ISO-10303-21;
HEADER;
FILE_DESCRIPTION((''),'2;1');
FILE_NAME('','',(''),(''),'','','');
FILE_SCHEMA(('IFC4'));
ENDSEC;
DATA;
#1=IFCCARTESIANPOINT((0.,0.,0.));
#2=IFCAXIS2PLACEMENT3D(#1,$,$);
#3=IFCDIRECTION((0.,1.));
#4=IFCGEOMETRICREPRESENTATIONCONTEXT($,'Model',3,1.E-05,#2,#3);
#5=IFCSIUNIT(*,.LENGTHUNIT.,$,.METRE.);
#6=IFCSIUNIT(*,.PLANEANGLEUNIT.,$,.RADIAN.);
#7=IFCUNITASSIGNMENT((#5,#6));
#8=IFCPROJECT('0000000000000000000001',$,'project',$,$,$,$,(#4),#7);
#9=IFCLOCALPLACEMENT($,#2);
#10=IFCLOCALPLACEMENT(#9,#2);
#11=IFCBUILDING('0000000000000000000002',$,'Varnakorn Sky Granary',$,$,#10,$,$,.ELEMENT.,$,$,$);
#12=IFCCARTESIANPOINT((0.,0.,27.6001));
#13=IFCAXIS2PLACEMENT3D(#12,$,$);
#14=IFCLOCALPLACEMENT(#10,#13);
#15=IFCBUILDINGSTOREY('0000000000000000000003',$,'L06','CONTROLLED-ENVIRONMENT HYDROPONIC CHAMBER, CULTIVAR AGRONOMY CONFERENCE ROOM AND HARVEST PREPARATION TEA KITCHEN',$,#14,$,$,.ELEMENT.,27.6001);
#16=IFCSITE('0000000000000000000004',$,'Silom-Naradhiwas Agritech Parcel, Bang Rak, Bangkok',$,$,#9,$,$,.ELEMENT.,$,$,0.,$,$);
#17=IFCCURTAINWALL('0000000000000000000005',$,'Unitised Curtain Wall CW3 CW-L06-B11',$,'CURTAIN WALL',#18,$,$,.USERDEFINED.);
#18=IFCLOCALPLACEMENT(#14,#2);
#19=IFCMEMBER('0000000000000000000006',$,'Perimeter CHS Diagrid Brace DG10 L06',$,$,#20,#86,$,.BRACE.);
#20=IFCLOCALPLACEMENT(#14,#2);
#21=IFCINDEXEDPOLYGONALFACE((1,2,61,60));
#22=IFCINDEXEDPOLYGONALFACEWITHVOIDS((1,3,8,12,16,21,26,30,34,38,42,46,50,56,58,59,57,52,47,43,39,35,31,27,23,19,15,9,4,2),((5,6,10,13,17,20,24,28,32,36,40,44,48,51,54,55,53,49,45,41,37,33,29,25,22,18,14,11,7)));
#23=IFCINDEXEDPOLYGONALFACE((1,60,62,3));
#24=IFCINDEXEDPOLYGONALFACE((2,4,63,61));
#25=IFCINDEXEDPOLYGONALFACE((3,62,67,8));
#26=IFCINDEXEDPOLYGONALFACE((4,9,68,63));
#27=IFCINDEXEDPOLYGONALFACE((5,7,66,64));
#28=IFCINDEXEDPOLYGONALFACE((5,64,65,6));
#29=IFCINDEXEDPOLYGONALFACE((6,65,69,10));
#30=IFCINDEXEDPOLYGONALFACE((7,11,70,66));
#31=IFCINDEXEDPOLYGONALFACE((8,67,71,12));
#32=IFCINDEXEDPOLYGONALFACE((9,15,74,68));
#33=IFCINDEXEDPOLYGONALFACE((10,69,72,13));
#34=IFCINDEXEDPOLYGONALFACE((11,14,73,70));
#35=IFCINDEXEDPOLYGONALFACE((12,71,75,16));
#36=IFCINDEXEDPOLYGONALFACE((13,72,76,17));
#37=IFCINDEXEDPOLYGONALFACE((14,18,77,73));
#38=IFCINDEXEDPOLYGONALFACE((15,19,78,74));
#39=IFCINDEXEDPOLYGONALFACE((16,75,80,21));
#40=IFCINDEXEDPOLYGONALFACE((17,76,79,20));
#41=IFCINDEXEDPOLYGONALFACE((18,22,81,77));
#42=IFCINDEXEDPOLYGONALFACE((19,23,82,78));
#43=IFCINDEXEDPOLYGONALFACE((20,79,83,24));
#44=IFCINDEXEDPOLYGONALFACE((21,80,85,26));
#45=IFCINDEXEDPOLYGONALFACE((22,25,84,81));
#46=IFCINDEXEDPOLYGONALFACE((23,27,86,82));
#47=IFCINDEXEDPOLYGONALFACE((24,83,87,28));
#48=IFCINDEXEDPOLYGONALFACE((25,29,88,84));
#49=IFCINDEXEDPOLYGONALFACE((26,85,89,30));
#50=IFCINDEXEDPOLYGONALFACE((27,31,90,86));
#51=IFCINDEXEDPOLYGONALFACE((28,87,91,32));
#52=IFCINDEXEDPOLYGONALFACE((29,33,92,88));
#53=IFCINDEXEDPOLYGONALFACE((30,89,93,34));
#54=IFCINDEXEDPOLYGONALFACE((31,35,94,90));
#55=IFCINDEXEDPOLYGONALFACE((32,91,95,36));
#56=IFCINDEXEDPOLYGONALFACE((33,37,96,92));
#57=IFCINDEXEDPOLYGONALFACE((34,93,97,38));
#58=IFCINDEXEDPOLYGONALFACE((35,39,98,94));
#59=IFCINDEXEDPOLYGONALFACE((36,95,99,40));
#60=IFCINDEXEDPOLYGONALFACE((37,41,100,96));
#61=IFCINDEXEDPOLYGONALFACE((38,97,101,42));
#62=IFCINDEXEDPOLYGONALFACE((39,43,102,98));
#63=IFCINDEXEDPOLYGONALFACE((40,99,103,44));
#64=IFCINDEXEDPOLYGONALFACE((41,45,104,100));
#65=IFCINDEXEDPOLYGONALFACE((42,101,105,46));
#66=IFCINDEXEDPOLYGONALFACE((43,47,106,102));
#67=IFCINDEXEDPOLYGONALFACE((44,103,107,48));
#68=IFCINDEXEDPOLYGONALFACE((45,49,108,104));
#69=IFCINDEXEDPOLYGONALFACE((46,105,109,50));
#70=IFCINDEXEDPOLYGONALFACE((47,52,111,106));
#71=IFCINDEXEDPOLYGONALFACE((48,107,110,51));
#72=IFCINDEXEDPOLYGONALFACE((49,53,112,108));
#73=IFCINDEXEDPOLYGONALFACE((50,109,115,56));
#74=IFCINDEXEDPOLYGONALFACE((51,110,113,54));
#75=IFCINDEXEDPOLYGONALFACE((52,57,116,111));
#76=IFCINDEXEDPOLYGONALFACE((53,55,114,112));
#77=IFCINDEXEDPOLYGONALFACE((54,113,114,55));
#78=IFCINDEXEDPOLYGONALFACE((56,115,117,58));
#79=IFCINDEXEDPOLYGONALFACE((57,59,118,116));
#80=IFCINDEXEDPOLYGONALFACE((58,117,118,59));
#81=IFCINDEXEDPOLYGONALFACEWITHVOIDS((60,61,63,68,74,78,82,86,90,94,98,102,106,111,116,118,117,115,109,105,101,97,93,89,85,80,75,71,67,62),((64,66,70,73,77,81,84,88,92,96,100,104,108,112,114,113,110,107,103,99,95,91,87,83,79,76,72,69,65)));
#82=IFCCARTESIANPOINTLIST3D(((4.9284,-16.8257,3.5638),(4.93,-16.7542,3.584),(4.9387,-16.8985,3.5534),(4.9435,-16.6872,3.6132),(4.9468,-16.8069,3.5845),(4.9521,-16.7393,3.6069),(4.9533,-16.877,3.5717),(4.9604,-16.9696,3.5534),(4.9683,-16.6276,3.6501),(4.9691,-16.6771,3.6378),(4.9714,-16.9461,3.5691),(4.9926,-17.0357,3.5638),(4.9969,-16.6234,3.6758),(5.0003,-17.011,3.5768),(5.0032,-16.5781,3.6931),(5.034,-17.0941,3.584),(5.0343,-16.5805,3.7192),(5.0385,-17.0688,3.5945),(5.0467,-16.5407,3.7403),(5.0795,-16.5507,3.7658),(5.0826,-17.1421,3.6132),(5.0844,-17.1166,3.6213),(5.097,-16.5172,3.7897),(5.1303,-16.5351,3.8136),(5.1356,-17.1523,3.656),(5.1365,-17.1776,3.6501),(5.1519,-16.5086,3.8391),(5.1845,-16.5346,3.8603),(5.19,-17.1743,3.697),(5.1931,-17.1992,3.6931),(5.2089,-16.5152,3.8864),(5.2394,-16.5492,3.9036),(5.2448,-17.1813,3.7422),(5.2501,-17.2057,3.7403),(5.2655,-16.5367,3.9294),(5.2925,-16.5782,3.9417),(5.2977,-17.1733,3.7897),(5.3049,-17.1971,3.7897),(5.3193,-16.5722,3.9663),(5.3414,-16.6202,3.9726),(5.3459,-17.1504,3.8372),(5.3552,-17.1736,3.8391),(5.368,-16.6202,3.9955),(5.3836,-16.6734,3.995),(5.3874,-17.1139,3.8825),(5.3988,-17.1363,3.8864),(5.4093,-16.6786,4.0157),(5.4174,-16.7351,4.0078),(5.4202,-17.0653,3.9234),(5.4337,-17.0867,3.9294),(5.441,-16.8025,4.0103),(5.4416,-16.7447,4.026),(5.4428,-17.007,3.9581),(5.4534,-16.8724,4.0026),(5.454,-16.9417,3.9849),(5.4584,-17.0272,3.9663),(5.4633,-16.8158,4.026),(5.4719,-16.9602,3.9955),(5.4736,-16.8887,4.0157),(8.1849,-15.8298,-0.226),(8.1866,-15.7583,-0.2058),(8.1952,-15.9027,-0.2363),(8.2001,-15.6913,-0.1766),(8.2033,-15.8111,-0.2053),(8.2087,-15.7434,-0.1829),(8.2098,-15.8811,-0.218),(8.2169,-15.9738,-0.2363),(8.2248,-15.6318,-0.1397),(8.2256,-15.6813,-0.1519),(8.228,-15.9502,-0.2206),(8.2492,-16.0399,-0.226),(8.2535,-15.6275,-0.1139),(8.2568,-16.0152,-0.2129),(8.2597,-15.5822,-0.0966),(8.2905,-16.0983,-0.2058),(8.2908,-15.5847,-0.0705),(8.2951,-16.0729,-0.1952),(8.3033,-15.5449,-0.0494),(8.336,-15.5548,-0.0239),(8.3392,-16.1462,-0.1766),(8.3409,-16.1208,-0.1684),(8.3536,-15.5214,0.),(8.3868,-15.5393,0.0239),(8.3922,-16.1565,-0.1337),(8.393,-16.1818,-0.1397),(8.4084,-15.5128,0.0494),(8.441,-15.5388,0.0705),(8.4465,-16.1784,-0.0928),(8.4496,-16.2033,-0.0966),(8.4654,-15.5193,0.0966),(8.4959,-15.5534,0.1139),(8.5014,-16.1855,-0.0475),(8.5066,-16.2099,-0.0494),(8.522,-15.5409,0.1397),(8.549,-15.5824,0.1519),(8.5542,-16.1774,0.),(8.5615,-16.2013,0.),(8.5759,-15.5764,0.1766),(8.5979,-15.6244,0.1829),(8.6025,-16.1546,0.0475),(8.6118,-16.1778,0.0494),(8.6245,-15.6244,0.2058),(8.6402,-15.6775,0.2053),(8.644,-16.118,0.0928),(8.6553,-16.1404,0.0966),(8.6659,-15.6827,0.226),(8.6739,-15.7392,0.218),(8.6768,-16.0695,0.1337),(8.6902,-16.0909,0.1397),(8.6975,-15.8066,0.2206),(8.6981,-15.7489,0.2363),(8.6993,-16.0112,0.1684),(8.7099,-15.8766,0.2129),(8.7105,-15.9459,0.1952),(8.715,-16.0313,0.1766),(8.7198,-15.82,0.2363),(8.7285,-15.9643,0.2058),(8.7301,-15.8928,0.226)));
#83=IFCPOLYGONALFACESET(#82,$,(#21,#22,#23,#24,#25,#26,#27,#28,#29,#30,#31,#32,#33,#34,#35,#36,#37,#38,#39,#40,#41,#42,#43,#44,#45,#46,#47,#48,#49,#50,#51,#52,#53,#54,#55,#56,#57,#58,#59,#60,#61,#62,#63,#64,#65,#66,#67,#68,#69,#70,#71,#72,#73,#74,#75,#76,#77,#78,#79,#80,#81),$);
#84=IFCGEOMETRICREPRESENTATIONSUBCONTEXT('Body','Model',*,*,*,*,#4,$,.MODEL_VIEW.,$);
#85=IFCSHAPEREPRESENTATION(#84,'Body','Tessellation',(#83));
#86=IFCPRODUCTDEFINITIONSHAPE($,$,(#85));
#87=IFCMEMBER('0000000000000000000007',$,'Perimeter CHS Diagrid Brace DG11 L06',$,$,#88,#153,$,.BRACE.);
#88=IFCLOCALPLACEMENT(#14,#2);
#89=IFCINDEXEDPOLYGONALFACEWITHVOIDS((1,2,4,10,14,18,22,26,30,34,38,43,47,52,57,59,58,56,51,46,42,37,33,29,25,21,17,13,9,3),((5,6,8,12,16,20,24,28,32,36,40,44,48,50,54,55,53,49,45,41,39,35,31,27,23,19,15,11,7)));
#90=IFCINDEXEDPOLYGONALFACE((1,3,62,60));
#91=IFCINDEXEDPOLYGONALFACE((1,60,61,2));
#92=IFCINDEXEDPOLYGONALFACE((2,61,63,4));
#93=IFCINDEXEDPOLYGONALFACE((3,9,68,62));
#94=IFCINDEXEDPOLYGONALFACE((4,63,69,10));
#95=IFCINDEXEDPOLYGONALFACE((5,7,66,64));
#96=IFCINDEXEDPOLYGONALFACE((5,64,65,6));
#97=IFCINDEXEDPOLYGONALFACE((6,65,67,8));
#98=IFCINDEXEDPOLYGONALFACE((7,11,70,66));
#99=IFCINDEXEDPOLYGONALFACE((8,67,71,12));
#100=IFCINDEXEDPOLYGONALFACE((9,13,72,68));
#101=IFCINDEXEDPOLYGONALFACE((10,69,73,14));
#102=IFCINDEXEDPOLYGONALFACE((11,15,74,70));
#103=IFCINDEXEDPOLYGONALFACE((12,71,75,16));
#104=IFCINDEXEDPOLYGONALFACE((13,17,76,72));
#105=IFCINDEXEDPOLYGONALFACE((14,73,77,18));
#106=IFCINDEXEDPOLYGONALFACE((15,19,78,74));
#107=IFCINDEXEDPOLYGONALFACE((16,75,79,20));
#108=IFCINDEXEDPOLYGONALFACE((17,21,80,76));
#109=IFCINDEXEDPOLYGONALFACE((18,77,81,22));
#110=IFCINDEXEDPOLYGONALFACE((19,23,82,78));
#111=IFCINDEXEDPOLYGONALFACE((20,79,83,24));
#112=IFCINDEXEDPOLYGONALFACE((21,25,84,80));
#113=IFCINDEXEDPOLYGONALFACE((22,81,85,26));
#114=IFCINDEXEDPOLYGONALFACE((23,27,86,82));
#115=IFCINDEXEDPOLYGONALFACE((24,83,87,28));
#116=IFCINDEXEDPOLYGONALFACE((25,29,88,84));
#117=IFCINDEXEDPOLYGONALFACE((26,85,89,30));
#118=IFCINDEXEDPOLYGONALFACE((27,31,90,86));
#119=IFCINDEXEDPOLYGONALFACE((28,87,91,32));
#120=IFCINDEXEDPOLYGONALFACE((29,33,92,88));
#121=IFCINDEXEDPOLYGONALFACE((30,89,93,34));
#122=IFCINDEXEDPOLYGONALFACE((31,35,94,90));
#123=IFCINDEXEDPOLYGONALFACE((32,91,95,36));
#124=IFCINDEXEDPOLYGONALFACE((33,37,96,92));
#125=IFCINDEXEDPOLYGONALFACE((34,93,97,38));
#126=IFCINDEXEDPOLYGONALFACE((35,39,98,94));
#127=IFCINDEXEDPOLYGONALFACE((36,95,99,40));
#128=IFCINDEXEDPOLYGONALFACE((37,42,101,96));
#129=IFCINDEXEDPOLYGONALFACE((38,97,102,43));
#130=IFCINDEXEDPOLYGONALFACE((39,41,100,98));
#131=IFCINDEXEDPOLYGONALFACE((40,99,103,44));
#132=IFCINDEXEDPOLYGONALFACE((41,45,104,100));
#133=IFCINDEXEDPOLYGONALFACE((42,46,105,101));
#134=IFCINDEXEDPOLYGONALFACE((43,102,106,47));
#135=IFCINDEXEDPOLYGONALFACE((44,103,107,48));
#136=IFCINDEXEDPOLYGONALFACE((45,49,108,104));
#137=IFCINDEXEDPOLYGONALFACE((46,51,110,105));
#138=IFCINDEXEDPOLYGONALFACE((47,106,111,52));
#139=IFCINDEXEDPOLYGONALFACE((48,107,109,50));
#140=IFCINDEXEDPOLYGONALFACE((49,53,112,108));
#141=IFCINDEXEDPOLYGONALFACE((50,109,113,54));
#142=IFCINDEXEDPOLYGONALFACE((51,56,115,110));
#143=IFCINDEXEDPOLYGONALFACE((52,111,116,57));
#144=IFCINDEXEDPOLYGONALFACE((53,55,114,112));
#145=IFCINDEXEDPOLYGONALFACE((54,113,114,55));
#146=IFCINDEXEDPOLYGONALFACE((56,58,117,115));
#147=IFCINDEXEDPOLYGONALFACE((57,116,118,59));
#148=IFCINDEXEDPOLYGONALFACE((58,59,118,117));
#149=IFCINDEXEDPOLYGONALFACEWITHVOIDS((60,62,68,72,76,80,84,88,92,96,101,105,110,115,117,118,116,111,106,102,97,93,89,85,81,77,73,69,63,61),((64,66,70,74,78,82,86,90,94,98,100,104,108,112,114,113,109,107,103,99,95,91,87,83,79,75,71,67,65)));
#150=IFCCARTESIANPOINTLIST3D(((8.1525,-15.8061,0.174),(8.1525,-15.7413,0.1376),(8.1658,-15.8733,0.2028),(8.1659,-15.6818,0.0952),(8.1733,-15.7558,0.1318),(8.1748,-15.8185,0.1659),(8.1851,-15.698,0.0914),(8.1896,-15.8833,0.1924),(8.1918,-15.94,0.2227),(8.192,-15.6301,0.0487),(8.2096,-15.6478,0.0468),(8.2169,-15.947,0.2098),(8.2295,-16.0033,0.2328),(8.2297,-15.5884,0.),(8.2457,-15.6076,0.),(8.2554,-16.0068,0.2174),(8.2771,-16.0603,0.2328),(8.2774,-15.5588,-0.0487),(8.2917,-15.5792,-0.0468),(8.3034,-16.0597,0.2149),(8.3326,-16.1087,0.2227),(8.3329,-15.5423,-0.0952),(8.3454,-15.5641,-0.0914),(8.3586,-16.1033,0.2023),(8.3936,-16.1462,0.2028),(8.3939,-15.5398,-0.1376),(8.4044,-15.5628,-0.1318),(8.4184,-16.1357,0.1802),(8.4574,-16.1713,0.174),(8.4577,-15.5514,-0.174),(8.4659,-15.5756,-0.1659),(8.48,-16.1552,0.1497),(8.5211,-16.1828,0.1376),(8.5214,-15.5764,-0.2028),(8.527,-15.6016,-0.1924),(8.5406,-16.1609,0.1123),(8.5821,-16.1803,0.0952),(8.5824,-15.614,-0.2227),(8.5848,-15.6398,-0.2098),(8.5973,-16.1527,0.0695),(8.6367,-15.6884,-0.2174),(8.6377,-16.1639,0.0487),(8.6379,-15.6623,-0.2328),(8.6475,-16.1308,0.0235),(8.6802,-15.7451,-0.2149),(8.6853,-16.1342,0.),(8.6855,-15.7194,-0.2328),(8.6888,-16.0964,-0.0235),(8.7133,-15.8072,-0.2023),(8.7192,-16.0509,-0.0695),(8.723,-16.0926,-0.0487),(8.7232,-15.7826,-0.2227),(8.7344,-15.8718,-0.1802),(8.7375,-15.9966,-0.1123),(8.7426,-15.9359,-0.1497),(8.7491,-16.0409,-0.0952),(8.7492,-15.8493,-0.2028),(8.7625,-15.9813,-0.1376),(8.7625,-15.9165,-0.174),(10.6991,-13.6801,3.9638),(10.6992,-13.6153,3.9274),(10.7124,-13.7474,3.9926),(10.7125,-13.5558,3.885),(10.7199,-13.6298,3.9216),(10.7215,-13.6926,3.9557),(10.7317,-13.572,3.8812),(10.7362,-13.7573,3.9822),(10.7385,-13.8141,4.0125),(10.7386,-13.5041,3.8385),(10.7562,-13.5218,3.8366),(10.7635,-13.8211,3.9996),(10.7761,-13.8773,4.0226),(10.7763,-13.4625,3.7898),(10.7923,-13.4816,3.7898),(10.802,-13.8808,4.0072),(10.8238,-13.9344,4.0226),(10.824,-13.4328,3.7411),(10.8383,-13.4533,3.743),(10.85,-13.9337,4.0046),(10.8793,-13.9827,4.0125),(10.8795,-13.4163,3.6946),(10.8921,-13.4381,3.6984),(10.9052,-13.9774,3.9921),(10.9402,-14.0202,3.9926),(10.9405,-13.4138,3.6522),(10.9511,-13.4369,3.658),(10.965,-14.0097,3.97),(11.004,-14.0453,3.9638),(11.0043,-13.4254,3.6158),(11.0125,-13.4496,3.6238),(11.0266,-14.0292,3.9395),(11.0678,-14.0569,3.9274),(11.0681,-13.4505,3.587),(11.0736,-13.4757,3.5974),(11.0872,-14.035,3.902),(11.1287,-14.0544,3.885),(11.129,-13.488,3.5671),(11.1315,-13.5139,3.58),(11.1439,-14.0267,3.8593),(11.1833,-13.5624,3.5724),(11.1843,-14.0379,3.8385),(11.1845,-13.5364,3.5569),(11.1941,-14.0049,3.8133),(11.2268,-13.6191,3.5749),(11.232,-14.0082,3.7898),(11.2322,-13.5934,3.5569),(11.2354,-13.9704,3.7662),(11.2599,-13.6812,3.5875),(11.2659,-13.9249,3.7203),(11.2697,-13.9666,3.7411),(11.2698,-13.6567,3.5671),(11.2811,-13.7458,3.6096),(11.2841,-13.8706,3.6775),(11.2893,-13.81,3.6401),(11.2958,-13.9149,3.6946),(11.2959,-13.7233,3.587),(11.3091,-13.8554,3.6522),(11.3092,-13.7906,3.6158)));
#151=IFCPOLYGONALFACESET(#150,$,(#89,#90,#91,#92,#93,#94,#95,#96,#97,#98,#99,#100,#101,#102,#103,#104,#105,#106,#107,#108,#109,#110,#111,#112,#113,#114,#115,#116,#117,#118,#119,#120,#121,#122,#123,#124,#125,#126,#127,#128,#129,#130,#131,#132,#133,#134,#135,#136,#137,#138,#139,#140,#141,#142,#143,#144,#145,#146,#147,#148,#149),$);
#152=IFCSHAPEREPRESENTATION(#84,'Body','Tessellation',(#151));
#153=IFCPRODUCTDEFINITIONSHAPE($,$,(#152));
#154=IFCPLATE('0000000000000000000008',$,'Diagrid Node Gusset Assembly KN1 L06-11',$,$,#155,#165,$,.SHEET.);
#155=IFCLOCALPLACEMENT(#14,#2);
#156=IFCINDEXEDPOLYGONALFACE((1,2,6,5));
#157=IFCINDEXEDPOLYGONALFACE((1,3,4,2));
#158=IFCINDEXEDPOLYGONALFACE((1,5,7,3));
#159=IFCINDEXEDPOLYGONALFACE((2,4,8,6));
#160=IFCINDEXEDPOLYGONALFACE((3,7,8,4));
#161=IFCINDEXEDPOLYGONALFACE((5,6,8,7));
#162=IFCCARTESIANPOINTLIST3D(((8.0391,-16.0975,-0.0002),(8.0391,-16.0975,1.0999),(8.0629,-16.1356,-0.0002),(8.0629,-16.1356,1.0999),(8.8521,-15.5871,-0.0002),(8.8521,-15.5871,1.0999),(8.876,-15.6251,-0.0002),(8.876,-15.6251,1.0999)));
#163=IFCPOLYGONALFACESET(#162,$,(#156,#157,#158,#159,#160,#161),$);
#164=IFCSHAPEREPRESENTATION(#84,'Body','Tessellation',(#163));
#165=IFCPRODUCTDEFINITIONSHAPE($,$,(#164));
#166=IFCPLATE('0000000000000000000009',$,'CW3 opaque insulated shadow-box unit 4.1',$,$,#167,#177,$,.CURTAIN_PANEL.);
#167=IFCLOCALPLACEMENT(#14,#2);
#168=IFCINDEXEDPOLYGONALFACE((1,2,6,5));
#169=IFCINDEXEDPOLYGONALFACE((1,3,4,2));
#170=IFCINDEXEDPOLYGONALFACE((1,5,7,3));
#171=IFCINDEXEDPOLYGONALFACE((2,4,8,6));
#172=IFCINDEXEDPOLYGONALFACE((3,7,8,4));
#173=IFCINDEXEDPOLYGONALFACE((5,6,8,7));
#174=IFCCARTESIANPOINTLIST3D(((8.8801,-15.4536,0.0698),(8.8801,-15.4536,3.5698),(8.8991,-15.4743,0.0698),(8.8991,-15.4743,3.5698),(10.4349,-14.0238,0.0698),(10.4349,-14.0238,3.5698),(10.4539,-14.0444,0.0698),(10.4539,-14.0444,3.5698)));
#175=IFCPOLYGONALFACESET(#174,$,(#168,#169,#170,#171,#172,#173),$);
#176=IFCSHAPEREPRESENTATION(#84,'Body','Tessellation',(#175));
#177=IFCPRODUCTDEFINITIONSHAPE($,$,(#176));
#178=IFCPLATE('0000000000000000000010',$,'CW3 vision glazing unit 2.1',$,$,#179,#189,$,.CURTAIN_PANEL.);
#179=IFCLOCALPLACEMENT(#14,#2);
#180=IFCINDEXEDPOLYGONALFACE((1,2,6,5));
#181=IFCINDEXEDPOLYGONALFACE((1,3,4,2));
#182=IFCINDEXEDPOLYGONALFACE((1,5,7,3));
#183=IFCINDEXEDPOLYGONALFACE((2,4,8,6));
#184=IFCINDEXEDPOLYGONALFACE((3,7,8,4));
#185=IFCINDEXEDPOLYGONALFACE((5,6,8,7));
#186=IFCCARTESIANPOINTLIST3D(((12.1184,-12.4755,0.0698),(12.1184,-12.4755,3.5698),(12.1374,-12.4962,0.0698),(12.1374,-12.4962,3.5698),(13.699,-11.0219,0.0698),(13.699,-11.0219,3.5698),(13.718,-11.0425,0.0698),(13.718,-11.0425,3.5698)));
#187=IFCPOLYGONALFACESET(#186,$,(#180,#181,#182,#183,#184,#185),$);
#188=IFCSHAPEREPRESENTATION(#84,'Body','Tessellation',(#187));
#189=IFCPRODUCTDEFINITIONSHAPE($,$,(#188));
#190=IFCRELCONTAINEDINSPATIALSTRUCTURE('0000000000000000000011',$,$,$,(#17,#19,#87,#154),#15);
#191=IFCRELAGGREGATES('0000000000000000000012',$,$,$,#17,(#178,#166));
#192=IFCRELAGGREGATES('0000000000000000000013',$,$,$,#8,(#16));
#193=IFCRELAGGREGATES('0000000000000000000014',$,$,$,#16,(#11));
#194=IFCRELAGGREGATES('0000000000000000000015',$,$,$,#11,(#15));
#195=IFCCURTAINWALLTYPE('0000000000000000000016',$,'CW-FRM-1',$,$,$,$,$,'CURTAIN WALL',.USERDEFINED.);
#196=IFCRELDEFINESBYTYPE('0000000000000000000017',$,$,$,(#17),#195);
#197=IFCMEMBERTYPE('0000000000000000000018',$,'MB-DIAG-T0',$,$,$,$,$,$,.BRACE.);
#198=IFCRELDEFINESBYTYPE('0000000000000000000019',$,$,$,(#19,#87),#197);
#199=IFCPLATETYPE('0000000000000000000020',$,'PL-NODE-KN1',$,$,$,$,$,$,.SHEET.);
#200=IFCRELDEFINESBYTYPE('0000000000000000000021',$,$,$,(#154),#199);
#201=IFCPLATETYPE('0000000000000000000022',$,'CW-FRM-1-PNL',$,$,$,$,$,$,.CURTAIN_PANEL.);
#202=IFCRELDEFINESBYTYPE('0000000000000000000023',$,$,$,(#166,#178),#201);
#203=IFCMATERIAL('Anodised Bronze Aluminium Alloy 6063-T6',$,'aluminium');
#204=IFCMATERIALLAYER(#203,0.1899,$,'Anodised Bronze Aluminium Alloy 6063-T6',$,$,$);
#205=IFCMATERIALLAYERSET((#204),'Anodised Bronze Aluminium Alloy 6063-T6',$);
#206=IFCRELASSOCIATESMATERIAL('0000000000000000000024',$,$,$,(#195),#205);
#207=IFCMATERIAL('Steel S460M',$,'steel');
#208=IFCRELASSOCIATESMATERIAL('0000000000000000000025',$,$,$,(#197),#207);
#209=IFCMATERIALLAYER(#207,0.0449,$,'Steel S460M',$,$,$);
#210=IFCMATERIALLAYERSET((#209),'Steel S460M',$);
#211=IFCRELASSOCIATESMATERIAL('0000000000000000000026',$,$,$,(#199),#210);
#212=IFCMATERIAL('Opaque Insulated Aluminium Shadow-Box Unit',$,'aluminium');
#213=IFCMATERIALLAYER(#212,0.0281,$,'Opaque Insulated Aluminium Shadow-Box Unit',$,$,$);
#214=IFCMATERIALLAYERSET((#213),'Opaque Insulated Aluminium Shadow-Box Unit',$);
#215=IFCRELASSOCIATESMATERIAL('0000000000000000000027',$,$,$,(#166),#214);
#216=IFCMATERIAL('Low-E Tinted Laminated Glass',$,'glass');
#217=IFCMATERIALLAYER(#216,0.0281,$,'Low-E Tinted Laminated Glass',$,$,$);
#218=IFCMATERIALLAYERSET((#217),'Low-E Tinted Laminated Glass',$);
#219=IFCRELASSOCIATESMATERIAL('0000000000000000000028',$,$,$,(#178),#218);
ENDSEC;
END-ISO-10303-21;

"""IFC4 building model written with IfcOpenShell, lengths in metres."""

from ifc_helpers import new_model, si_unit, direction, frame, origin, origin_2d, place, context, subcontext, project, spatial, rectangle, hollow_circle, extrude, source, transform, mapped, material, layer, layer_set, material_profile, profile_set, type_object, type_shapes, element, aggregate, save


model = new_model("IFC4")

# Units and contexts
model_context = context("Model", 3, precision=1e-05, world=origin(), true_north=direction((0.0, 1.0)))
body_context = subcontext(model_context, "Body", "Model", "MODEL_VIEW")
ifc_project = project(units=[si_unit("LENGTHUNIT", "METRE"), si_unit("PLANEANGLEUNIT", "RADIAN")], contexts=[model_context])

# Site, building, storey
site_placement = place(None, origin())
site = spatial("IfcSite", under=ifc_project, at=site_placement, Name="Silom-Naradhiwas Agritech Parcel, Bang Rak, Bangkok", CompositionType="ELEMENT", RefElevation=0.0)
building_placement = place(site_placement, origin())
building = spatial("IfcBuilding", under=site, at=building_placement, Name="Varnakorn Sky Granary", CompositionType="ELEMENT")
storey_placement = place(building_placement, frame((0.0, 0.0, 27.6001)))
storey = spatial("IfcBuildingStorey", under=building, at=storey_placement, Name="L06", Description="CONTROLLED-ENVIRONMENT HYDROPONIC CHAMBER, CULTIVAR AGRONOMY CONFERENCE ROOM AND HARVEST PREPARATION TEA KITCHEN", CompositionType="ELEMENT", Elevation=27.6001)

# Shared definitions
ifc_material_1 = material(Name="Steel S460M", Category="steel")

# Curtain wall
ifc_material_2 = material(Name="Anodised Bronze Aluminium Alloy 6063-T6", Category="aluminium")
ifc_layer_1 = layer(ifc_material_2, 0.1899, Name="Anodised Bronze Aluminium Alloy 6063-T6")
ifc_layer_set_1 = layer_set([ifc_layer_1], Name="Anodised Bronze Aluminium Alloy 6063-T6")
curtain_wall_type = type_object("IfcCurtainWallType", Name="CW-FRM-1", ElementType="CURTAIN WALL", PredefinedType="USERDEFINED", material=ifc_layer_set_1)
curtain_wall_placement = place(storey_placement, origin())
curtain_wall = element("IfcCurtainWall", 1, at=curtain_wall_placement, inside=storey, type_object=curtain_wall_type, Name="Unitised Curtain Wall CW3 CW-L06-B11", ObjectType="CURTAIN WALL", PredefinedType="USERDEFINED")

# Members
ifc_material_profile_1 = material_profile(ifc_material_1, hollow_circle(Radius=0.3555, WallThickness=0.0249, at=origin_2d()), Name="CHS 711x25")
ifc_profile_set_1 = profile_set([ifc_material_profile_1], Name="Steel S460M")
member_type_1 = type_object("IfcMemberType", Name="MB-DIAG-T0", PredefinedType="BRACE", material=ifc_profile_set_1)
member_1_placement = place(storey_placement, frame((8.4575, -15.8613, 0.0), z_axis=(-0.639166, -0.195454, 0.743817), x_axis=(0.292428, -0.956288, 0.0)))
element("IfcMember", 2, at=member_1_placement, inside=storey, type_object=member_type_1, Name="Perimeter CHS Diagrid Brace DG10 L06", PredefinedType="BRACE", context=body_context, shape_type="SweptSolid", body=[
    extrude(hollow_circle(Radius=0.3555, WallThickness=0.0249, at=origin_2d()), origin(), (0.0, 0.0, 1.0), 5.095),
])
member_2_placement = place(storey_placement, frame((8.4575, -15.8613, 0.0), z_axis=(0.505622, 0.422103, 0.752446), x_axis=(-0.640857, 0.76766, 0.0)))
element("IfcMember", 3, at=member_2_placement, inside=storey, type_object=member_type_1, Name="Perimeter CHS Diagrid Brace DG11 L06", PredefinedType="BRACE", context=body_context, shape_type="SweptSolid", body=[
    extrude(hollow_circle(Radius=0.3555, WallThickness=0.0249, at=origin_2d()), origin(), (0.0, 0.0, 1.0), 5.0366),
])

# Plates
ifc_layer_2 = layer(ifc_material_1, 0.0449, Name="Steel S460M")
ifc_layer_set_2 = layer_set([ifc_layer_2], Name="Steel S460M")
plate_type_1 = type_object("IfcPlateType", Name="PL-NODE-KN1", PredefinedType="SHEET", material=ifc_layer_set_2)
plate_1_placement = place(storey_placement, frame((8.4575, -15.8613, -0.0002), z_axis=(0.0, 0.0, 1.0), x_axis=(0.846936, 0.531695, 0.0)))
element("IfcPlate", 4, at=plate_1_placement, inside=storey, type_object=plate_type_1, Name="Diagrid Node Gusset Assembly KN1 L06-11", PredefinedType="SHEET", context=body_context, shape_type="SweptSolid", body=[
    extrude(rectangle(XDim=0.96, YDim=0.0449, at=origin_2d()), origin(), (0.0, 0.0, 1.0), 1.1001),
])
ifc_material_3 = material(Name="Opaque Insulated Aluminium Shadow-Box Unit", Category="aluminium")
ifc_layer_3 = layer(ifc_material_3, 0.0281, Name="Opaque Insulated Aluminium Shadow-Box Unit")
ifc_layer_set_3 = layer_set([ifc_layer_3], Name="Opaque Insulated Aluminium Shadow-Box Unit")
plate_type_2 = type_object("IfcPlateType", Name="CW-FRM-1-PNL", PredefinedType="CURTAIN_PANEL")
shared_shape_1 = source(origin(), body_context, "Body", "SweptSolid", [
    extrude(rectangle(XDim=2.1123, YDim=0.0281, at=origin_2d()), origin(), (0.0, 0.0, 1.0), 3.5),
])
plate_2_placement = place(storey_placement, frame((9.667, -14.749, 0.0698), z_axis=(0.0, 0.0, 1.0), x_axis=(-0.736062, -0.676914, 0.0)))
plate_2 = element("IfcPlate", 5, at=plate_2_placement, type_object=plate_type_2, material=ifc_layer_set_3, Name="CW3 opaque insulated shadow-box unit 4.1", PredefinedType="CURTAIN_PANEL", context=body_context, shape_type="MappedRepresentation", body=[
    mapped(shared_shape_1, transform((0.0, 0.0, 0.0), x_axis=(1.0, 0.0, 0.0), y_axis=(0.0, 1.0, 0.0), z_axis=(0.0, 0.0, 1.0), scale=1.0)),
])
ifc_material_4 = material(Name="Low-E Tinted Laminated Glass", Category="glass")
ifc_layer_4 = layer(ifc_material_4, 0.0281, Name="Low-E Tinted Laminated Glass")
ifc_layer_set_4 = layer_set([ifc_layer_4], Name="Low-E Tinted Laminated Glass")
shared_shape_2 = source(origin(), body_context, "Body", "SweptSolid", [
    extrude(rectangle(XDim=2.1475, YDim=0.0281, at=origin_2d()), origin(), (0.0, 0.0, 1.0), 3.5),
])
type_shapes(plate_type_2, [shared_shape_1, shared_shape_2])
plate_3_placement = place(storey_placement, frame((12.9182, -11.759, 0.0698), z_axis=(0.0, 0.0, 1.0), x_axis=(-0.736062, -0.676914, 0.0)))
plate_3 = element("IfcPlate", 6, at=plate_3_placement, type_object=plate_type_2, material=ifc_layer_set_4, Name="CW3 vision glazing unit 2.1", PredefinedType="CURTAIN_PANEL", context=body_context, shape_type="MappedRepresentation", body=[
    mapped(shared_shape_2, transform((0.0, 0.0, 0.0), x_axis=(1.0, 0.0, 0.0), y_axis=(0.0, 1.0, 0.0), z_axis=(0.0, 0.0, 1.0), scale=1.0)),
])
aggregate(curtain_wall, [plate_3, plate_2])

save(model, "model.ifc")
